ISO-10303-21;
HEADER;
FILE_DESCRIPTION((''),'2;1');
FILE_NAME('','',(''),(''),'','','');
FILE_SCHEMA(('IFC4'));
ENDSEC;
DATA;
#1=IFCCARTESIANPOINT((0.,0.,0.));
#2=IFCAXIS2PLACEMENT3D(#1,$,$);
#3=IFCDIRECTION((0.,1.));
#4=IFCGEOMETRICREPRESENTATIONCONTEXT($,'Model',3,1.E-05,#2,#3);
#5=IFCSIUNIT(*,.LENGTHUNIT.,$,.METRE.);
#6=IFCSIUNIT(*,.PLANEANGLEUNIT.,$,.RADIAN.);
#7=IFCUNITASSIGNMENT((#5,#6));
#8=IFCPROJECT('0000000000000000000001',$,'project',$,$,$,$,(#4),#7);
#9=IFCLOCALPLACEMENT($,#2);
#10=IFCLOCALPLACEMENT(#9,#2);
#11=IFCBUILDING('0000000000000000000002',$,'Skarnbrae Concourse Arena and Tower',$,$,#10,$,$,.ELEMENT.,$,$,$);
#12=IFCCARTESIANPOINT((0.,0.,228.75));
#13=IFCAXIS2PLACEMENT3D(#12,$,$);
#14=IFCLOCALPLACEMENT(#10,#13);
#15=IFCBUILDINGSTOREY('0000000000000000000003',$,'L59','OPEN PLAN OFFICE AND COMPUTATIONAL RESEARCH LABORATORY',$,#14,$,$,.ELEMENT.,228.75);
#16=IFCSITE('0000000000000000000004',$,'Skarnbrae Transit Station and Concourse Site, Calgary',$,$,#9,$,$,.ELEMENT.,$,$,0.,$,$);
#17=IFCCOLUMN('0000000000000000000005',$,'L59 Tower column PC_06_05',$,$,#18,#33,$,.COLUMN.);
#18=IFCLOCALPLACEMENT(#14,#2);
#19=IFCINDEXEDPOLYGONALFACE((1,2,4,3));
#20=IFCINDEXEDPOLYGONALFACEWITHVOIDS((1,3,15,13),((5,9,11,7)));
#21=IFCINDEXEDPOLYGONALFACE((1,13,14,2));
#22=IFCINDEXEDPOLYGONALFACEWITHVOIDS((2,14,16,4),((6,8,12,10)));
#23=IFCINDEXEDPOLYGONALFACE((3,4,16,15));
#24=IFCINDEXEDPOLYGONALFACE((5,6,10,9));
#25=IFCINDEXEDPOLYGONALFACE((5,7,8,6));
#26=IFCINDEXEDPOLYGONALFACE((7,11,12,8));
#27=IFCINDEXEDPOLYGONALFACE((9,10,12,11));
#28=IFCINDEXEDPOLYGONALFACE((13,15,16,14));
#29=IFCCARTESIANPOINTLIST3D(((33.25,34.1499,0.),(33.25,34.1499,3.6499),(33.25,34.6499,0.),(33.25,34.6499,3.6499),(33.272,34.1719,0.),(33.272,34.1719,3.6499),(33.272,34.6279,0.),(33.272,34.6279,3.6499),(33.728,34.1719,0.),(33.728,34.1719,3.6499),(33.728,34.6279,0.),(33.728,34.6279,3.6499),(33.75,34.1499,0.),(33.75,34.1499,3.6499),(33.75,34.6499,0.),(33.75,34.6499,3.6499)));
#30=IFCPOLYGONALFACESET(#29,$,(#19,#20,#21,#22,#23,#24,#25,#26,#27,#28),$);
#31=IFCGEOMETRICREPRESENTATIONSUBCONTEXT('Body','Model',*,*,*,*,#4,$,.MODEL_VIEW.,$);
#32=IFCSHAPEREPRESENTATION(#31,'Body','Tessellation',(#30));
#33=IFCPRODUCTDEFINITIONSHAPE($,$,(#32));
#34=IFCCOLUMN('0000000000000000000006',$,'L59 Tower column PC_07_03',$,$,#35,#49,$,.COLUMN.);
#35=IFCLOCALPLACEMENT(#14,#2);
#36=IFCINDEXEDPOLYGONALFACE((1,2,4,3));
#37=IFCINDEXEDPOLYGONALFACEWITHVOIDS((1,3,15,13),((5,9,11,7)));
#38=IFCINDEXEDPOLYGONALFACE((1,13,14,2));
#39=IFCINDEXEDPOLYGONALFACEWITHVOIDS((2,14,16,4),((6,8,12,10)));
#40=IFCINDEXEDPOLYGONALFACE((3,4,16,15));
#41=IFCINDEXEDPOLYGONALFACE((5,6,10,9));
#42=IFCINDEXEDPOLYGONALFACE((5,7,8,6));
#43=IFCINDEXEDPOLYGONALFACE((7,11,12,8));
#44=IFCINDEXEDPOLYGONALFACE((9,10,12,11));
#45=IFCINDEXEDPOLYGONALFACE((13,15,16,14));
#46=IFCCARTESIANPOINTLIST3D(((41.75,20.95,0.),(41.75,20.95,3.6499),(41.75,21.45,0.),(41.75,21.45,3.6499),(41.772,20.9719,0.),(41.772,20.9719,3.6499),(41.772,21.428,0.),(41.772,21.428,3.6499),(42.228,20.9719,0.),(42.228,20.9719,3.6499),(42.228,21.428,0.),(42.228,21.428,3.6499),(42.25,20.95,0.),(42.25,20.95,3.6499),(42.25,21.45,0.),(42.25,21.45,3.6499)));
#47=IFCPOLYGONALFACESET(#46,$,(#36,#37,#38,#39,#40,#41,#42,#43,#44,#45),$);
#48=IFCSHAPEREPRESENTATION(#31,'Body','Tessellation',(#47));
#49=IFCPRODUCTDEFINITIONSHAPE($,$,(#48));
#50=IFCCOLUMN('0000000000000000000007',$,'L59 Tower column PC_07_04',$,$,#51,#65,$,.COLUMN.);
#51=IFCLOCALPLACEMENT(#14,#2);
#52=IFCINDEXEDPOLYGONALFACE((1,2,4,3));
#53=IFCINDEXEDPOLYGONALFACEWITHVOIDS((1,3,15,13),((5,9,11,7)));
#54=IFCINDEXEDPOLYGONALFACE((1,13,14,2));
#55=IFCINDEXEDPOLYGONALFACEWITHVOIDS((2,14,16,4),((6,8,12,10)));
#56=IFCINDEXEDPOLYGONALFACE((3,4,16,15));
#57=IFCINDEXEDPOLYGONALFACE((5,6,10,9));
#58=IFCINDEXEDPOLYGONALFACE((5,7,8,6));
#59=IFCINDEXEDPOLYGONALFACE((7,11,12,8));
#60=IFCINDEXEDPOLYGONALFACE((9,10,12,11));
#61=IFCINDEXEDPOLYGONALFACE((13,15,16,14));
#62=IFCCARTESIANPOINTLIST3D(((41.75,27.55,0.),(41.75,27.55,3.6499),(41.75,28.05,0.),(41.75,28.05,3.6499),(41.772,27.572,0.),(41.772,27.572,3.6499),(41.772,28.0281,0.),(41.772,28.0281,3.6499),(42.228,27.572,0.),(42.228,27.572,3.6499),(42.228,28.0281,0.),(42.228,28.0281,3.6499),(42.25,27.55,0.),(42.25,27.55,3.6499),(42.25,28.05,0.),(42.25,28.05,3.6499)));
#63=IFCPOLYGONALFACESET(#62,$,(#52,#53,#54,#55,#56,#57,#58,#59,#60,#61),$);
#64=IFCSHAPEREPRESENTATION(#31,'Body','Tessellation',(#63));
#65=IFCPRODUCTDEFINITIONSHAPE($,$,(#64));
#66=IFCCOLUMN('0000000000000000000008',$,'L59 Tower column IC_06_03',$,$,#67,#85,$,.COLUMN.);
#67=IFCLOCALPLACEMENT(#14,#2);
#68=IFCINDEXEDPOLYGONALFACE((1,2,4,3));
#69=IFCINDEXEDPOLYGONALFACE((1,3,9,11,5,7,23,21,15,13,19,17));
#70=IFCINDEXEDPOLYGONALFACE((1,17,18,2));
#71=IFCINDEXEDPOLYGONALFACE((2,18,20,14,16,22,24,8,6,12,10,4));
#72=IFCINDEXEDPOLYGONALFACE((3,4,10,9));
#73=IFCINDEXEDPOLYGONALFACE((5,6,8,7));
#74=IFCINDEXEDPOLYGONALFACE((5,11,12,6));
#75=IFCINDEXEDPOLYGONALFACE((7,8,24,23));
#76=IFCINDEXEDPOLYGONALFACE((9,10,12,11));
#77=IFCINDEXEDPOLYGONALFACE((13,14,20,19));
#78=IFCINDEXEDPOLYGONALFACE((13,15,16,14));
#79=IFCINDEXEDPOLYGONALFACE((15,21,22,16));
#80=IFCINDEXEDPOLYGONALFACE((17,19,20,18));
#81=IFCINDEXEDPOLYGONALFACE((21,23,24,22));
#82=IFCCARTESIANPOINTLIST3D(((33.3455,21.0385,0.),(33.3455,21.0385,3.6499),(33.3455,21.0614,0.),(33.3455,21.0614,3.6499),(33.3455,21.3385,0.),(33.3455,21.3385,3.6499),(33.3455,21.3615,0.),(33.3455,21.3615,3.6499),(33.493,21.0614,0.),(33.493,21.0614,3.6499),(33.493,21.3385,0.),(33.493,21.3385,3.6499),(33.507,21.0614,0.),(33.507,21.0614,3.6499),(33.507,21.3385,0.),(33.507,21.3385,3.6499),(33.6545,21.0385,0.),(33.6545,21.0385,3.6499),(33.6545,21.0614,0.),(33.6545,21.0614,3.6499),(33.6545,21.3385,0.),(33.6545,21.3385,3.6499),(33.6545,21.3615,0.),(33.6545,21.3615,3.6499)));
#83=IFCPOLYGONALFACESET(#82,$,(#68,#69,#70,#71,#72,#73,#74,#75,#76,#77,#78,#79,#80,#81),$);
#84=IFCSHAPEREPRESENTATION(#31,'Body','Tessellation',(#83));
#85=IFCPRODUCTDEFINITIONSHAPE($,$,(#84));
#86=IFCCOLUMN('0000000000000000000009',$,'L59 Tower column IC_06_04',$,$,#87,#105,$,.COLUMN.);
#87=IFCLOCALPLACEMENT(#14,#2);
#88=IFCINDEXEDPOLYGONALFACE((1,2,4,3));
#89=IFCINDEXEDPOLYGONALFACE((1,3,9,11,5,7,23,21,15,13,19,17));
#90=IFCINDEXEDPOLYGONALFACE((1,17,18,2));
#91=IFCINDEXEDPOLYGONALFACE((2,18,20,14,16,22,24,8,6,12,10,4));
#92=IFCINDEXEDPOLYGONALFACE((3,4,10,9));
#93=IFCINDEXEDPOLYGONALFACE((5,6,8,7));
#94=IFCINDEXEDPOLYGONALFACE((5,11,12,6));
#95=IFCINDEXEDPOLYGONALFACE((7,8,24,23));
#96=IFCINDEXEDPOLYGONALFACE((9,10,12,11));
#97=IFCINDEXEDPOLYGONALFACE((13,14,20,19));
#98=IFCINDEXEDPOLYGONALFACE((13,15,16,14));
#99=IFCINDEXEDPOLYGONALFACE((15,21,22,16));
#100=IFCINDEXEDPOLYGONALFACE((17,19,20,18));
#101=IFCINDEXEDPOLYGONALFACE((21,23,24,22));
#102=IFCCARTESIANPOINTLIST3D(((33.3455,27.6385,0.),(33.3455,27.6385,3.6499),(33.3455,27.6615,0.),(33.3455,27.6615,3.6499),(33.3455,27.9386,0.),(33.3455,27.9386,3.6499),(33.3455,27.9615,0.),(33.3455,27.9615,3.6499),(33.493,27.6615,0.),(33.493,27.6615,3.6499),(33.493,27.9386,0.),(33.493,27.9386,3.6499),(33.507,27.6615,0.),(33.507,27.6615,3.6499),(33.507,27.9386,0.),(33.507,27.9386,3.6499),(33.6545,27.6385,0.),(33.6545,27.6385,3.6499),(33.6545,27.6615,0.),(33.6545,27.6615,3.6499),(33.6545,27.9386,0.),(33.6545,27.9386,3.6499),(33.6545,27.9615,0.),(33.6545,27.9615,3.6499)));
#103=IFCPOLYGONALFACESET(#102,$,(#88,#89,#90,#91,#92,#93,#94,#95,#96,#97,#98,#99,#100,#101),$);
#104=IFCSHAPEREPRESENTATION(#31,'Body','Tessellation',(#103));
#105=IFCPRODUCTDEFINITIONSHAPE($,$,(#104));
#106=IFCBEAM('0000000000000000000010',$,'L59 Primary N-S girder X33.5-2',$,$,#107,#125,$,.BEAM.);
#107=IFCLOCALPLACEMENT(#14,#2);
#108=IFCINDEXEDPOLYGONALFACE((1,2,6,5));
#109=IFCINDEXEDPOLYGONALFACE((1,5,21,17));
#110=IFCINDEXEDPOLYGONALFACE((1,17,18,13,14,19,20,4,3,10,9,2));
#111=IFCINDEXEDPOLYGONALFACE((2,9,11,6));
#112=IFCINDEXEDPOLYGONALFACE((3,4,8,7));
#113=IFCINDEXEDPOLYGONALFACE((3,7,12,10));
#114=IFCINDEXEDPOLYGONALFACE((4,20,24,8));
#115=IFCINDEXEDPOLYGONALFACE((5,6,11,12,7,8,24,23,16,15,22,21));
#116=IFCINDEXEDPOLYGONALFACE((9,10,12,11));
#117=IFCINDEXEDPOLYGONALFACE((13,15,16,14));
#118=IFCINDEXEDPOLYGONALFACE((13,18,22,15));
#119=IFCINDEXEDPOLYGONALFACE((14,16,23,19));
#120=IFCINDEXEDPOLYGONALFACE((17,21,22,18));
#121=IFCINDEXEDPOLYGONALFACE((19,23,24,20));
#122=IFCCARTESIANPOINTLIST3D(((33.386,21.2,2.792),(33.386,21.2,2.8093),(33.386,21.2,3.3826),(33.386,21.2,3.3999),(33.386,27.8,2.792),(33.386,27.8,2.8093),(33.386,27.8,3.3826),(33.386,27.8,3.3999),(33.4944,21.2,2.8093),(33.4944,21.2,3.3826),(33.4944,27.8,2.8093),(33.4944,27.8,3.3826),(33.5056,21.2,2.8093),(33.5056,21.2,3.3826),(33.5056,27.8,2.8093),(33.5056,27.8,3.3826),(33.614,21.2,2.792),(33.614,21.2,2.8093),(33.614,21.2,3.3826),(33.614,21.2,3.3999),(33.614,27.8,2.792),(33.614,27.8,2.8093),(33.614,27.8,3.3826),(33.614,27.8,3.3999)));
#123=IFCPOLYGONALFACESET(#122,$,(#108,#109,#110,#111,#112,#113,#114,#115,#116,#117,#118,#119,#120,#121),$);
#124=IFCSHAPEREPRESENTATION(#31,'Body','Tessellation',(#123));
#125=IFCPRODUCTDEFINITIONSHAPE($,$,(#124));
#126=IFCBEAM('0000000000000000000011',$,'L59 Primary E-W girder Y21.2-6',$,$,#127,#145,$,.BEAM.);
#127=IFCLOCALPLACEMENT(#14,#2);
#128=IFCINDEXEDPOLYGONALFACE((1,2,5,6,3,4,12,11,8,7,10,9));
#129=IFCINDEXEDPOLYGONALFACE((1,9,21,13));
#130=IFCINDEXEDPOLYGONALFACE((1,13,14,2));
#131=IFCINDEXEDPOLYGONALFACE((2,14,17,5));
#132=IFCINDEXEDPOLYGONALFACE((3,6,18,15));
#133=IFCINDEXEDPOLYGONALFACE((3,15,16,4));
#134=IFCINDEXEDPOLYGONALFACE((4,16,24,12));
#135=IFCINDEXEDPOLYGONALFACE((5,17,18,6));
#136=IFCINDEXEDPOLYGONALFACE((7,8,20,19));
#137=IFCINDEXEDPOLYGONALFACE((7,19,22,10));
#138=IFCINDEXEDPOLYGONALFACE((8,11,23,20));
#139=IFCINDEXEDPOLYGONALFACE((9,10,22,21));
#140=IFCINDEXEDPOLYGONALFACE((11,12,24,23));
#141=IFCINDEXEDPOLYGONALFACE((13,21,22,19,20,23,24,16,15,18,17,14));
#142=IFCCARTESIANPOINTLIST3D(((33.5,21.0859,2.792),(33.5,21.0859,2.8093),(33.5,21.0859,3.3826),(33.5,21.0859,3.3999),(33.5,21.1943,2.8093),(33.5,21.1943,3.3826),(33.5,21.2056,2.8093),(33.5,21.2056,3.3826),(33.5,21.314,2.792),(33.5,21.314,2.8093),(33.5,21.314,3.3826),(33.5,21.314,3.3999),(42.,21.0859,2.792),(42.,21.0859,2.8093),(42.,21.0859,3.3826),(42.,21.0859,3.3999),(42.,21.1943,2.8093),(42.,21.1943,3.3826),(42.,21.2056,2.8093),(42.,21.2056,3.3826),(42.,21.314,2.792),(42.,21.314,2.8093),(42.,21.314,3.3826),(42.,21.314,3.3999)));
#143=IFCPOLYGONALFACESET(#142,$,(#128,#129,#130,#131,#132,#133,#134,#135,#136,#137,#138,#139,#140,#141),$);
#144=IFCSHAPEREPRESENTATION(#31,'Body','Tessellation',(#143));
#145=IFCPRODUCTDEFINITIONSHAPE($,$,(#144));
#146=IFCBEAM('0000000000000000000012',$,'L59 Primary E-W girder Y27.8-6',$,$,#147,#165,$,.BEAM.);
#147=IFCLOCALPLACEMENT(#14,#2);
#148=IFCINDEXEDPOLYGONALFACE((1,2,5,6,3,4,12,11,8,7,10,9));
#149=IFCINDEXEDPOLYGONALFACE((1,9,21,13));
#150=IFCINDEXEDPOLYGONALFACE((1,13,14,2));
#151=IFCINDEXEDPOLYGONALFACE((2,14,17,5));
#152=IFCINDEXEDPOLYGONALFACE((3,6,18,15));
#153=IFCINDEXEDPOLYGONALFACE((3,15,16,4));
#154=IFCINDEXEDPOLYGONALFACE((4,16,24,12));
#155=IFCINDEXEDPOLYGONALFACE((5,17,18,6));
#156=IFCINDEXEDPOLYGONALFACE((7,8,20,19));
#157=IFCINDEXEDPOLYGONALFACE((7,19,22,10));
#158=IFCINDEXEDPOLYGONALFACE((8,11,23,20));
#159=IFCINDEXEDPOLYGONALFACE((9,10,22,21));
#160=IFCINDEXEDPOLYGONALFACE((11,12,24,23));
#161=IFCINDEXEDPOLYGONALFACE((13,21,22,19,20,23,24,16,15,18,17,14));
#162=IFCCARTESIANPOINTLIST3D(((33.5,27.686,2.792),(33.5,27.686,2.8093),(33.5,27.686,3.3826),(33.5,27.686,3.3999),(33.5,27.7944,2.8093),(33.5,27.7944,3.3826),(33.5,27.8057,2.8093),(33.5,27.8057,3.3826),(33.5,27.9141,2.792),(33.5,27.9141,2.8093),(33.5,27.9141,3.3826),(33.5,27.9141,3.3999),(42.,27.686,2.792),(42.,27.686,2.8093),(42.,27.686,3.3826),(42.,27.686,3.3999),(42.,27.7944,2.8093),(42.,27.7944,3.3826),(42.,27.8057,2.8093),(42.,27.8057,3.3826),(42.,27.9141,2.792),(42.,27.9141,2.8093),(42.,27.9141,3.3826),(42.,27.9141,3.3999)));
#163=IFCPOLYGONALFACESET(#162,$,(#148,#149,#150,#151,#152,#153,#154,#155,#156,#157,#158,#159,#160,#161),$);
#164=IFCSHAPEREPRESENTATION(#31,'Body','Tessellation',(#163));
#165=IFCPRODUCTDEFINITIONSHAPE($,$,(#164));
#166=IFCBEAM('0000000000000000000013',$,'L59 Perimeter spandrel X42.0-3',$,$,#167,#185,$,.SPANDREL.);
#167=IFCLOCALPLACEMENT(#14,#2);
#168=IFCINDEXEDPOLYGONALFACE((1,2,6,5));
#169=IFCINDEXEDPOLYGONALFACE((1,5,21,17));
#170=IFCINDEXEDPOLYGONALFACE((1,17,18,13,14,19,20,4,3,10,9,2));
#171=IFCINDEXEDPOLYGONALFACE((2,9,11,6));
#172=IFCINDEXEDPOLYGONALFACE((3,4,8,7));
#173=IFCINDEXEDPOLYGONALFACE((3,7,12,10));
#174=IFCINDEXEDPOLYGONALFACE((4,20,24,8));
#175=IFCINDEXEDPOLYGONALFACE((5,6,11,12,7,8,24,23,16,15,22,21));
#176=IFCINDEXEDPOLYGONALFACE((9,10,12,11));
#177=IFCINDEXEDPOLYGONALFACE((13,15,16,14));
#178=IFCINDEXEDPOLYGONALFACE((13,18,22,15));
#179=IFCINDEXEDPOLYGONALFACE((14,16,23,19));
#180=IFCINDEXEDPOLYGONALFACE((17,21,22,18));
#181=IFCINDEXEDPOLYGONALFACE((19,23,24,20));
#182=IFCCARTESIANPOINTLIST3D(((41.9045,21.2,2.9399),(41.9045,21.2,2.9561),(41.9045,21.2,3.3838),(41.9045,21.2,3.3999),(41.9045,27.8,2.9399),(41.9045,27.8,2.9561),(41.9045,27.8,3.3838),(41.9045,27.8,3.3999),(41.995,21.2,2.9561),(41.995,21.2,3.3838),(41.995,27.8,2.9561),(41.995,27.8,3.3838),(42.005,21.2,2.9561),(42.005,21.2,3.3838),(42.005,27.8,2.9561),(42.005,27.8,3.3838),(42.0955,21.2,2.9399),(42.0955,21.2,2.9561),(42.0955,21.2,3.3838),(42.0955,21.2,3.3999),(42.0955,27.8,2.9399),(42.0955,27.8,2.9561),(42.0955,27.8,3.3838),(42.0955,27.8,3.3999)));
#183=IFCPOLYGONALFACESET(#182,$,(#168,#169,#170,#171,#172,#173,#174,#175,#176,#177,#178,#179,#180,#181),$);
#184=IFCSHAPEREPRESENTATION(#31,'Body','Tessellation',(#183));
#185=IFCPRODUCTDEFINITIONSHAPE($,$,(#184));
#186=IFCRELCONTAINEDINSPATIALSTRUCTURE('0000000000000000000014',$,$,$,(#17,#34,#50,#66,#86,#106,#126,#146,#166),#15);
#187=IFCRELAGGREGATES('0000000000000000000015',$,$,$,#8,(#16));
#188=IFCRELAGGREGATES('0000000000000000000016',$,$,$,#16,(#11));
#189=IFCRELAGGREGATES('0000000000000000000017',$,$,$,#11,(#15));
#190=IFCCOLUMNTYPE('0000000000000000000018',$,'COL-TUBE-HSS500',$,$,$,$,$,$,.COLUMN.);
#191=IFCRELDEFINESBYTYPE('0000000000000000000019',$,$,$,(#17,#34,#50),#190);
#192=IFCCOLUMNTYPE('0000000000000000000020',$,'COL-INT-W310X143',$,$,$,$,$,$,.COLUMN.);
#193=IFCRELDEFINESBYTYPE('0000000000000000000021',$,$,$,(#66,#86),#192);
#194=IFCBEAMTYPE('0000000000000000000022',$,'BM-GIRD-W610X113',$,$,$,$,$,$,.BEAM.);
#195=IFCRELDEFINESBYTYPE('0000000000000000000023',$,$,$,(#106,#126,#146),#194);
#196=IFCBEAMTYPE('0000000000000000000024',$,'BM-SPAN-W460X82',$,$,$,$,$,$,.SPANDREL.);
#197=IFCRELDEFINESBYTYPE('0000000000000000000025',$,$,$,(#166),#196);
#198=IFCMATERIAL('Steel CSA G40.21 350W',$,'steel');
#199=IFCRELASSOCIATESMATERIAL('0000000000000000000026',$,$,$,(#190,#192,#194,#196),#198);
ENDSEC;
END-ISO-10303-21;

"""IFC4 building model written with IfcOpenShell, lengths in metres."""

from ifc_helpers import new_model, si_unit, direction, frame, origin, origin_2d, place, context, subcontext, project, spatial, hollow_rectangle, i_section, extrude, source, transform, mapped, material, material_profile, profile_set, type_object, element, save


model = new_model("IFC4")

# Units and contexts
model_context = context("Model", 3, precision=1e-05, world=origin(), true_north=direction((0.0, 1.0)))
body_context = subcontext(model_context, "Body", "Model", "MODEL_VIEW")
ifc_project = project(units=[si_unit("LENGTHUNIT", "METRE"), si_unit("PLANEANGLEUNIT", "RADIAN")], contexts=[model_context])

# Site, building, storey
site_placement = place(None, origin())
site = spatial("IfcSite", under=ifc_project, at=site_placement, Name="Skarnbrae Transit Station and Concourse Site, Calgary", CompositionType="ELEMENT", RefElevation=0.0)
building_placement = place(site_placement, origin())
building = spatial("IfcBuilding", under=site, at=building_placement, Name="Skarnbrae Concourse Arena and Tower", CompositionType="ELEMENT")
storey_placement = place(building_placement, frame((0.0, 0.0, 228.75)))
storey = spatial("IfcBuildingStorey", under=building, at=storey_placement, Name="L59", Description="OPEN PLAN OFFICE AND COMPUTATIONAL RESEARCH LABORATORY", CompositionType="ELEMENT", Elevation=228.75)

# Columns
ifc_material_1 = material(Name="Steel CSA G40.21 350W", Category="steel")
ifc_material_profile_1 = material_profile(ifc_material_1, hollow_rectangle(XDim=0.5, YDim=0.5, WallThickness=0.022, at=origin_2d()), Name="HSS500X500X22.0")
ifc_profile_set_1 = profile_set([ifc_material_profile_1], Name="Steel CSA G40.21 350W")
column_type_1 = type_object("IfcColumnType", Name="COL-TUBE-HSS500", PredefinedType="COLUMN", material=ifc_profile_set_1)
shared_shape_1 = source(origin(), body_context, "Body", "SweptSolid", [
    extrude(hollow_rectangle(XDim=0.5, YDim=0.5, WallThickness=0.022, at=origin_2d()), origin(), (0.0, 0.0, 1.0), 3.6499),
])
for number, where, z_axis, x_axis, name in (
    (1, (33.5, 34.3999, 0.0), (0.0, 0.0, 1.0), (1.0, 0.0, 0.0), "L59 Tower column PC_06_05"),
    (2, (42.0, 21.2, 0.0), (0.0, 0.0, 1.0), (1.0, 0.0, 0.0), "L59 Tower column PC_07_03"),
    (3, (42.0, 27.8, 0.0), (0.0, 0.0, 1.0), (1.0, 0.0, 0.0), "L59 Tower column PC_07_04"),
):
    element("IfcColumn", number, at=place(storey_placement, frame(where, z_axis=z_axis, x_axis=x_axis)), inside=storey, type_object=column_type_1, Name=name, PredefinedType="COLUMN", context=body_context, shape_type="MappedRepresentation", body=[
        mapped(shared_shape_1, transform((0.0, 0.0, 0.0))),
    ])
ifc_material_profile_2 = material_profile(ifc_material_1, i_section(OverallWidth=0.3091, OverallDepth=0.323, WebThickness=0.0139, FlangeThickness=0.0229, at=origin_2d()), Name="W310X143")
ifc_profile_set_2 = profile_set([ifc_material_profile_2], Name="Steel CSA G40.21 350W")
column_type_2 = type_object("IfcColumnType", Name="COL-INT-W310X143", PredefinedType="COLUMN", material=ifc_profile_set_2)
shared_shape_2 = source(origin(), body_context, "Body", "SweptSolid", [
    extrude(i_section(OverallWidth=0.3091, OverallDepth=0.323, WebThickness=0.0139, FlangeThickness=0.0229, at=origin_2d()), origin(), (0.0, 0.0, 1.0), 3.6499),
])
for number, where, z_axis, x_axis, name in (
    (4, (33.5, 21.2, 0.0), (0.0, 0.0, 1.0), (1.0, 0.0, 0.0), "L59 Tower column IC_06_03"),
    (5, (33.5, 27.8, 0.0), (0.0, 0.0, 1.0), (1.0, 0.0, 0.0), "L59 Tower column IC_06_04"),
):
    element("IfcColumn", number, at=place(storey_placement, frame(where, z_axis=z_axis, x_axis=x_axis)), inside=storey, type_object=column_type_2, Name=name, PredefinedType="COLUMN", context=body_context, shape_type="MappedRepresentation", body=[
        mapped(shared_shape_2, transform((0.0, 0.0, 0.0))),
    ])

# Beams
ifc_material_profile_3 = material_profile(ifc_material_1, i_section(OverallWidth=0.228, OverallDepth=0.6079, WebThickness=0.0112, FlangeThickness=0.0173, at=origin_2d()), Name="W610X113")
ifc_profile_set_3 = profile_set([ifc_material_profile_3], Name="Steel CSA G40.21 350W")
beam_type_1 = type_object("IfcBeamType", Name="BM-GIRD-W610X113", PredefinedType="BEAM", material=ifc_profile_set_3)
shared_shape_3 = source(origin(), body_context, "Body", "SweptSolid", [
    extrude(i_section(OverallWidth=0.228, OverallDepth=0.6079, WebThickness=0.0112, FlangeThickness=0.0173, at=origin_2d()), origin(), (0.0, 0.0, 1.0), 6.6001),
])
beam_1_placement = place(storey_placement, frame((33.5, 21.2, 3.0959), z_axis=(0.0, 1.0, 0.0), x_axis=(-1.0, 0.0, 0.0)))
element("IfcBeam", 6, at=beam_1_placement, inside=storey, type_object=beam_type_1, Name="L59 Primary N-S girder X33.5-2", PredefinedType="BEAM", context=body_context, shape_type="MappedRepresentation", body=[
    mapped(shared_shape_3, transform((0.0, 0.0, 0.0))),
])
shared_shape_4 = source(origin(), body_context, "Body", "SweptSolid", [
    extrude(i_section(OverallWidth=0.228, OverallDepth=0.6079, WebThickness=0.0112, FlangeThickness=0.0173, at=origin_2d()), origin(), (0.0, 0.0, 1.0), 8.5),
])
for number, where, z_axis, x_axis, name in (
    (7, (33.5, 21.2, 3.0959), (1.0, 0.0, 0.0), (0.0, 1.0, 0.0), "L59 Primary E-W girder Y21.2-6"),
    (8, (33.5, 27.8, 3.0959), (1.0, 0.0, 0.0), (0.0, 1.0, 0.0), "L59 Primary E-W girder Y27.8-6"),
):
    element("IfcBeam", number, at=place(storey_placement, frame(where, z_axis=z_axis, x_axis=x_axis)), inside=storey, type_object=beam_type_1, Name=name, PredefinedType="BEAM", context=body_context, shape_type="MappedRepresentation", body=[
        mapped(shared_shape_4, transform((0.0, 0.0, 0.0))),
    ])
ifc_material_profile_4 = material_profile(ifc_material_1, i_section(OverallWidth=0.1909, OverallDepth=0.46, WebThickness=0.01, FlangeThickness=0.0161, at=origin_2d()), Name="W460X82")
ifc_profile_set_4 = profile_set([ifc_material_profile_4], Name="Steel CSA G40.21 350W")
beam_type_2 = type_object("IfcBeamType", Name="BM-SPAN-W460X82", PredefinedType="SPANDREL", material=ifc_profile_set_4)
shared_shape_5 = source(origin(), body_context, "Body", "SweptSolid", [
    extrude(i_section(OverallWidth=0.1909, OverallDepth=0.46, WebThickness=0.01, FlangeThickness=0.0161, at=origin_2d()), origin(), (0.0, 0.0, 1.0), 6.6001),
])
beam_2_placement = place(storey_placement, frame((42.0, 21.2, 3.1699), z_axis=(0.0, 1.0, 0.0), x_axis=(-1.0, 0.0, 0.0)))
element("IfcBeam", 9, at=beam_2_placement, inside=storey, type_object=beam_type_2, Name="L59 Perimeter spandrel X42.0-3", PredefinedType="SPANDREL", context=body_context, shape_type="MappedRepresentation", body=[
    mapped(shared_shape_5, transform((0.0, 0.0, 0.0))),
])

save(model, "model.ifc")
